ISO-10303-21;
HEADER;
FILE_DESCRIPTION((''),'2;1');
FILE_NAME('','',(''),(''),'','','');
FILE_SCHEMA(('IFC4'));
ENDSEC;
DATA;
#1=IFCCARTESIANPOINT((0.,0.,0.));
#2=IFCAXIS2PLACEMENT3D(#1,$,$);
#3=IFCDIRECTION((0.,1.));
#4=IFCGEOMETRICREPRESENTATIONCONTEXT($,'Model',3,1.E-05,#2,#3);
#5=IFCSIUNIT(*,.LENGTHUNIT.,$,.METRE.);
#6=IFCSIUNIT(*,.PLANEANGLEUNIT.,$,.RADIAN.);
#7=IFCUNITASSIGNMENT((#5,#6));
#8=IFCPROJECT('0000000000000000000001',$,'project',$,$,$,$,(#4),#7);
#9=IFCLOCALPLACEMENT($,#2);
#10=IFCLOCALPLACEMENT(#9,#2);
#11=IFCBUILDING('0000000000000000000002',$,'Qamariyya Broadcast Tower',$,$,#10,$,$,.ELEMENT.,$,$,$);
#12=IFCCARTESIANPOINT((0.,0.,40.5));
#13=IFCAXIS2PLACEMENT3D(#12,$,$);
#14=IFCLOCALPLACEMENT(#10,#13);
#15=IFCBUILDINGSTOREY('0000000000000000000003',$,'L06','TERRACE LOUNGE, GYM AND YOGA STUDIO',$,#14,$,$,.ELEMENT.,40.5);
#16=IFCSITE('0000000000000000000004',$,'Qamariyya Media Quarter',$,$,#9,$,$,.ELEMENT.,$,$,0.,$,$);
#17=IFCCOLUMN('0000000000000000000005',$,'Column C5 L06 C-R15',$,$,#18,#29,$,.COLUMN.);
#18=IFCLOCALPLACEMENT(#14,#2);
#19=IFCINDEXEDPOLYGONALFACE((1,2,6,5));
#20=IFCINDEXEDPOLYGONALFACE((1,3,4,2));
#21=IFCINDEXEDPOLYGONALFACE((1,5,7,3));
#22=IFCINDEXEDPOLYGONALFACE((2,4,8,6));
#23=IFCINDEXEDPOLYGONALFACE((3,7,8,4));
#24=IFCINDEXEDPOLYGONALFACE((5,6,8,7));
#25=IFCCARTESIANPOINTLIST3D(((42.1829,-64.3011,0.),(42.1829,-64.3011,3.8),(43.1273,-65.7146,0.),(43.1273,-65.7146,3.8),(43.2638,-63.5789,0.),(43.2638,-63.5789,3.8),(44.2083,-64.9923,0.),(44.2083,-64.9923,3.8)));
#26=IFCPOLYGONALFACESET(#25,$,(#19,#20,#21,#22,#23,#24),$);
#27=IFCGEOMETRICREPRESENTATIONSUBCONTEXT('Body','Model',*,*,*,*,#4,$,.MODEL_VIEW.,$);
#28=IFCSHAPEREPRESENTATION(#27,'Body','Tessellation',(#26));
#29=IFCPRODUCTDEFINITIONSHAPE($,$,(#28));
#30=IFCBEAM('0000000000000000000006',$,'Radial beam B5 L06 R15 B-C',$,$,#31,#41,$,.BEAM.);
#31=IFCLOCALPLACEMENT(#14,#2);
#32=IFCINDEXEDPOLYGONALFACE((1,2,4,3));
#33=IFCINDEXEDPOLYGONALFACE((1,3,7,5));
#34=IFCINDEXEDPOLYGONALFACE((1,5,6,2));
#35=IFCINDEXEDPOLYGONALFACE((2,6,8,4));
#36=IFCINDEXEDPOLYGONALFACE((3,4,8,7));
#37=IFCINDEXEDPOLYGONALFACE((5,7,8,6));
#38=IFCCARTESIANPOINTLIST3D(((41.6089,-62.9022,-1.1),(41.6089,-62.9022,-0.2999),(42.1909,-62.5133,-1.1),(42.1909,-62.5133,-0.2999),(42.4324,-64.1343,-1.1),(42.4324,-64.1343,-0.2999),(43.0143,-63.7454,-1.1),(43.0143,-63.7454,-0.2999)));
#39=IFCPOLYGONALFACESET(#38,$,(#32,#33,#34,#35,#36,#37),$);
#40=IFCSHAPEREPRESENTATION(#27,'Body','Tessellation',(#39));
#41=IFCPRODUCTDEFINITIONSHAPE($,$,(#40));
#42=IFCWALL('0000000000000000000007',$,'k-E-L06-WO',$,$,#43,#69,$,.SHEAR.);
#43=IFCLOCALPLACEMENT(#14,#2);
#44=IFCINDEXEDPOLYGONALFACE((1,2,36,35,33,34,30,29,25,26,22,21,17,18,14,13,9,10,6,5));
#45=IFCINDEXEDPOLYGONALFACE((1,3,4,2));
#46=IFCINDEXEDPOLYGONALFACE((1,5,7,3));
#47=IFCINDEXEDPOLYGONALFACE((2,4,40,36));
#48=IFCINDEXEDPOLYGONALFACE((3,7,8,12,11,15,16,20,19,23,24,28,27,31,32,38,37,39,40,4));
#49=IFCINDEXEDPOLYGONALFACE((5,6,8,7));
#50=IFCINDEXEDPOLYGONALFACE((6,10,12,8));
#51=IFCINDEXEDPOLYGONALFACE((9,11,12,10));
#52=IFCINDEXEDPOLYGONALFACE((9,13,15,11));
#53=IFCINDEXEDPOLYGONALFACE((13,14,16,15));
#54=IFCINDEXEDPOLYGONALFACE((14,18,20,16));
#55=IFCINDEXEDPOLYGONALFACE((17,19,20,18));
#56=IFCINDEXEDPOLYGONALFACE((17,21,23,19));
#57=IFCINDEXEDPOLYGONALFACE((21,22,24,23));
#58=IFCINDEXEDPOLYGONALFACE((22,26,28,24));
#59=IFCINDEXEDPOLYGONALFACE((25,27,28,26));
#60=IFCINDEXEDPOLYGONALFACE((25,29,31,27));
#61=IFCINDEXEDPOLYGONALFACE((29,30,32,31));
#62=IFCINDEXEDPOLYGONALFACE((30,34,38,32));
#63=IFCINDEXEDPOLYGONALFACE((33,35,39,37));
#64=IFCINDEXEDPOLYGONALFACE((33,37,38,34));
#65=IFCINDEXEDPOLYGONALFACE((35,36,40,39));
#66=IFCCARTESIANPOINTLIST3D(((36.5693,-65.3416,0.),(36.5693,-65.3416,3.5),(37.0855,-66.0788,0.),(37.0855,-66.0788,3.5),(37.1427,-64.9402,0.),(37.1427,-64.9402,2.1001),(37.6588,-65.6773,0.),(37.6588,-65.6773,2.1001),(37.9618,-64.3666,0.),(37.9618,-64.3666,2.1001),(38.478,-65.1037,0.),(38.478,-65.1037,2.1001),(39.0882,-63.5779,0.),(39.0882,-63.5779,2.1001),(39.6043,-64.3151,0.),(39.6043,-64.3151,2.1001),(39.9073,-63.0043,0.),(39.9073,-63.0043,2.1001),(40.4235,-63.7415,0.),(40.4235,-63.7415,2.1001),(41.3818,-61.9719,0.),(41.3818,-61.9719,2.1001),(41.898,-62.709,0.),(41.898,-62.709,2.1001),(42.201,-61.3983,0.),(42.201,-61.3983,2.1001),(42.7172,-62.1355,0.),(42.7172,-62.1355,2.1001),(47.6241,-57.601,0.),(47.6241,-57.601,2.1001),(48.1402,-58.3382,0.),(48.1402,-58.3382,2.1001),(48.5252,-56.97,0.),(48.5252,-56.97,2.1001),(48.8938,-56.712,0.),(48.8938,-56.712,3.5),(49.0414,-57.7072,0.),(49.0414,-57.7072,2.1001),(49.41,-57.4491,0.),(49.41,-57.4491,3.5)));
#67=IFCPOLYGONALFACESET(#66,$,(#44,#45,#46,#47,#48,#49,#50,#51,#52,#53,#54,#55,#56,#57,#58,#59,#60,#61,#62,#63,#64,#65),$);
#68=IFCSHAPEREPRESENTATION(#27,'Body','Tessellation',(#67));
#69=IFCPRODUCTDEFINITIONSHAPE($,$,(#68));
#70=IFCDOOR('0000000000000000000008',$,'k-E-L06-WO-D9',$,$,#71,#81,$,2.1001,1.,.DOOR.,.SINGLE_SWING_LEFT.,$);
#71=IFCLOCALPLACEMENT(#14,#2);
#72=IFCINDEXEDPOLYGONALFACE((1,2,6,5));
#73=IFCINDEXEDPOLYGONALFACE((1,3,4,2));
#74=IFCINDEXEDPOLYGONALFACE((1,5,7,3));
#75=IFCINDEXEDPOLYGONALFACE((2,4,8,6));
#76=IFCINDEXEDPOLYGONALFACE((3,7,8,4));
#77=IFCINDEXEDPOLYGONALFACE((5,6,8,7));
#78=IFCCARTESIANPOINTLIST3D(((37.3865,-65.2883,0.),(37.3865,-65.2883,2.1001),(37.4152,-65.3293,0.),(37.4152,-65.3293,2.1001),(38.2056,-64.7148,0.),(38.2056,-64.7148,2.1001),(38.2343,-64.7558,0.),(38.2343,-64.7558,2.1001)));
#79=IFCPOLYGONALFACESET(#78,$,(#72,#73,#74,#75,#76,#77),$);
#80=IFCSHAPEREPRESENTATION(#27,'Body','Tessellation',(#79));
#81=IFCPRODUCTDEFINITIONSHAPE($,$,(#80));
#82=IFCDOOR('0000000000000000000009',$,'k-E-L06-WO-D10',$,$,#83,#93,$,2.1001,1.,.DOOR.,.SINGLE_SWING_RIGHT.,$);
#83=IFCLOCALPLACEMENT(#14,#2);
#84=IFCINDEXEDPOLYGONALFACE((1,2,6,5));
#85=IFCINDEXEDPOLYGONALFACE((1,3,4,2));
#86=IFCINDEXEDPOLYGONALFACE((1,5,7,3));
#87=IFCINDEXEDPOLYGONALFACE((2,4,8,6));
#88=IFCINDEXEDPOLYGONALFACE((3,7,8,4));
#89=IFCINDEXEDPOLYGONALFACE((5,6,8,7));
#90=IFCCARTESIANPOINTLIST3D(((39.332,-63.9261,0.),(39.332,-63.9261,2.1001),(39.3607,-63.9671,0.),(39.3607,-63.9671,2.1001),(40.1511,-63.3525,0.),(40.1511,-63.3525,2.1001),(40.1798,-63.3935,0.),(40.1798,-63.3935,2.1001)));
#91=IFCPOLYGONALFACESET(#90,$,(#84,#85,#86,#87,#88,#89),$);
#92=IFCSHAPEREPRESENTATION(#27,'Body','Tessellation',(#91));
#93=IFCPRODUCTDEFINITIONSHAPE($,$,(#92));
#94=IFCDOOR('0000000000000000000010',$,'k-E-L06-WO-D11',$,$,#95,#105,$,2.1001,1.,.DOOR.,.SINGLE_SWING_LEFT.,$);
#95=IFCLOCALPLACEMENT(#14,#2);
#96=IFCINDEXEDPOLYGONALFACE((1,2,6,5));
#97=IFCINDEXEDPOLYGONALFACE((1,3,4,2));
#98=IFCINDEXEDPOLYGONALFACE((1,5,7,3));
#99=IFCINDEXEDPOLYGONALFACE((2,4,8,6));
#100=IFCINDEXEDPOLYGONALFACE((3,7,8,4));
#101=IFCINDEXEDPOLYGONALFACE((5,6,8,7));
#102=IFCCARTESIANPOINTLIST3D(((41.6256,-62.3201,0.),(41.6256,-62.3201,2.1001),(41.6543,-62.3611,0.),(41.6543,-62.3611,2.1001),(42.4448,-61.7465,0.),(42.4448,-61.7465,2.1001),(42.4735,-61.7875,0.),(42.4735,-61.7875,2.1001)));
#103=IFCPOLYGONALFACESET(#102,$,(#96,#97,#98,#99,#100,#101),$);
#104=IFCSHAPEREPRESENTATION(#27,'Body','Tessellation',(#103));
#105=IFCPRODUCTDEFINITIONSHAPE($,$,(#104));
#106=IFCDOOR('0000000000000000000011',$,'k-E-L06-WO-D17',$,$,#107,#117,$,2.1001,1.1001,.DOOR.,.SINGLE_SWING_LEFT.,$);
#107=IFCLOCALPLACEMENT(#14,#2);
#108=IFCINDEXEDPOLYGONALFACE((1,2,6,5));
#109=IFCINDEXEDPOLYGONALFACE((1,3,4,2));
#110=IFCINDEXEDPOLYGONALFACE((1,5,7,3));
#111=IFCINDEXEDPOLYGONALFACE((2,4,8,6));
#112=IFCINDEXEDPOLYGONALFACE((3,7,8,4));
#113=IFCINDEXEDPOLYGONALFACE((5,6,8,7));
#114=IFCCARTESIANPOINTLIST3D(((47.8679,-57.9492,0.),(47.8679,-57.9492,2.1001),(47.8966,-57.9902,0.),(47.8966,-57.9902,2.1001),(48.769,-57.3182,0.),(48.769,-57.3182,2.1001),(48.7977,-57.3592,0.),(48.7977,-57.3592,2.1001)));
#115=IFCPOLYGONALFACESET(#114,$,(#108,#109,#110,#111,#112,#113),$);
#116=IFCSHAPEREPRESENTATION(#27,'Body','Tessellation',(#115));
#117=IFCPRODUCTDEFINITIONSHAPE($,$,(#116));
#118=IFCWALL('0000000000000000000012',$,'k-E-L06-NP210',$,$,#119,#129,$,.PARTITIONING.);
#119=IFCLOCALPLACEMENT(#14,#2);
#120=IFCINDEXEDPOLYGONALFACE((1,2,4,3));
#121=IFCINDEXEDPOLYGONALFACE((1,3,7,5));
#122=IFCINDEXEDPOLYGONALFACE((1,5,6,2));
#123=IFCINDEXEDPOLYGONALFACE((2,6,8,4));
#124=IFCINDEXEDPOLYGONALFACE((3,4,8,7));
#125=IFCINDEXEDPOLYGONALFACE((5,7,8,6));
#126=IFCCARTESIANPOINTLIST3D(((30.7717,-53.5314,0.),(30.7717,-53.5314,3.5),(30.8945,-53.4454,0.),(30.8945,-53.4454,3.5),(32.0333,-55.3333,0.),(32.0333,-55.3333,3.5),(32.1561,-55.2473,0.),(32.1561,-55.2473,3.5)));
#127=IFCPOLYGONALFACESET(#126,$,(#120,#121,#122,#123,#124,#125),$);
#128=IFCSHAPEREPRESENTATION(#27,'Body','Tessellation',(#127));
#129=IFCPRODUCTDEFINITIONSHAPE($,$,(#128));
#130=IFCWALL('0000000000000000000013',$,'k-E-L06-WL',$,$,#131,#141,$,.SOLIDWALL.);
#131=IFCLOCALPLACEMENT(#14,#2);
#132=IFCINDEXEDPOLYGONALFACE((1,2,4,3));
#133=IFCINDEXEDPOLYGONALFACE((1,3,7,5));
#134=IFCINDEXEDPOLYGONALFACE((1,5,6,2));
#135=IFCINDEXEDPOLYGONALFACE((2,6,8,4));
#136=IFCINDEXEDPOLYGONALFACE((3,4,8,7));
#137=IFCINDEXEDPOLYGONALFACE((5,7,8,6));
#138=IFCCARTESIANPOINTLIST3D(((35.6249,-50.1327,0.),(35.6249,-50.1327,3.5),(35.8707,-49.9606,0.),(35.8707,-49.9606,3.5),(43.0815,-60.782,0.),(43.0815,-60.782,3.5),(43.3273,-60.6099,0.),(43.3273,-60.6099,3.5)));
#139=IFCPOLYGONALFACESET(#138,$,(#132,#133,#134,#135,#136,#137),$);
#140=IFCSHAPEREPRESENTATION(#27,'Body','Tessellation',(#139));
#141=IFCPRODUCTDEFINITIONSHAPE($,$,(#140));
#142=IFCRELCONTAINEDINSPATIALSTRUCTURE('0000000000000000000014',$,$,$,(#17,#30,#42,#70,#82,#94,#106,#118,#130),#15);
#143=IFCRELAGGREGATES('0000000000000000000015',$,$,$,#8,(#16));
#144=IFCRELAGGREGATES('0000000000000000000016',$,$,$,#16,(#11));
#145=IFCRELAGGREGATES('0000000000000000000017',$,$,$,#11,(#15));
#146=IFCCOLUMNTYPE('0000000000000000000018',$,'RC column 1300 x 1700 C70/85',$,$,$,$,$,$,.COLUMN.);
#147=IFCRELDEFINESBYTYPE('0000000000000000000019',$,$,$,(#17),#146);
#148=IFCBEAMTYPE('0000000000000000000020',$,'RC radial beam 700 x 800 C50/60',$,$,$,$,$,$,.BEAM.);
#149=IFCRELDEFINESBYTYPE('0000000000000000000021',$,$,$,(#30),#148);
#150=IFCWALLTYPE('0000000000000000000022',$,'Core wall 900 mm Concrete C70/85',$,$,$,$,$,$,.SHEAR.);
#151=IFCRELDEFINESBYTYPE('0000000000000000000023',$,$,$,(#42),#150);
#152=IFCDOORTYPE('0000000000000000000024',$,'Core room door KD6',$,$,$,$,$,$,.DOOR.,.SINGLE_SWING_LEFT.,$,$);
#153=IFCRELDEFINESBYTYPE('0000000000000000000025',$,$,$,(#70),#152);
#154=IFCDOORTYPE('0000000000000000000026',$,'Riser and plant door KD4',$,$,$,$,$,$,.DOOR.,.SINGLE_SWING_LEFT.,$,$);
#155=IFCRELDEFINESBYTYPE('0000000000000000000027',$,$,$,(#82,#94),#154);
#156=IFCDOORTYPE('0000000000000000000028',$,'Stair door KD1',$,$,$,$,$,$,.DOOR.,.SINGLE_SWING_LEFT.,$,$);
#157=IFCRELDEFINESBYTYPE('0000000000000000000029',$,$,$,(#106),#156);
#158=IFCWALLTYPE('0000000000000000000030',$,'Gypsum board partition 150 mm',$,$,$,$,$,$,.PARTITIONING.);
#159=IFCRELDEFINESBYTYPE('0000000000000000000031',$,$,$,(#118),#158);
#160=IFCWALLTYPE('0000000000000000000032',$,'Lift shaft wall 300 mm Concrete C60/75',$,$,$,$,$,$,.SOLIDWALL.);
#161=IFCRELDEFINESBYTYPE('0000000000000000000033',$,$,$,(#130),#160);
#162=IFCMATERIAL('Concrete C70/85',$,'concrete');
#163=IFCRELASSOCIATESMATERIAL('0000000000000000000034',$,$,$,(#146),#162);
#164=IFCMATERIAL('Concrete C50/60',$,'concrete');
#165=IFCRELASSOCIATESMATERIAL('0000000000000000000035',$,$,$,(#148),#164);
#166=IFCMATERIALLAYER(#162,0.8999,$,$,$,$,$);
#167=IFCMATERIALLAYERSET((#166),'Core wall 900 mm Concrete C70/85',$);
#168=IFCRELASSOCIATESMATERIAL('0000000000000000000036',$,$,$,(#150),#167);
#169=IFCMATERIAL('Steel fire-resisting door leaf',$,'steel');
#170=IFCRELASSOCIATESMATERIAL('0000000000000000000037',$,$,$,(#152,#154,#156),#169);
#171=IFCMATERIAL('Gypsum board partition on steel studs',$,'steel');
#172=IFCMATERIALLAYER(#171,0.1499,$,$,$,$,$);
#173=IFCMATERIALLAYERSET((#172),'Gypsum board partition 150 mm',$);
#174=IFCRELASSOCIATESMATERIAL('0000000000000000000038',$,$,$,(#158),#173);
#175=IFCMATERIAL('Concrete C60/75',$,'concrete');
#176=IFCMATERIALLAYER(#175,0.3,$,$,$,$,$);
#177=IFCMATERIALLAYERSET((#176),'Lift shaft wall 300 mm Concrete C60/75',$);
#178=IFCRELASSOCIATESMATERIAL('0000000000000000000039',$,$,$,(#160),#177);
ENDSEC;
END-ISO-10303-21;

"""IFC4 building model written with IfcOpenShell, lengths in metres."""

from ifc_helpers import new_model, si_unit, direction, frame, frame_2d, origin, origin_2d, place, context, subcontext, project, spatial, rectangle, extrude, material, layer, layer_set, material_profile, profile_set, type_object, element, fill, save


model = new_model("IFC4")

# Units and contexts
model_context = context("Model", 3, precision=1e-05, world=origin(), true_north=direction((0.0, 1.0)))
body_context = subcontext(model_context, "Body", "Model", "MODEL_VIEW")
ifc_project = project(units=[si_unit("LENGTHUNIT", "METRE"), si_unit("PLANEANGLEUNIT", "RADIAN")], contexts=[model_context])

# Site, building, storey
site_placement = place(None, origin())
site = spatial("IfcSite", under=ifc_project, at=site_placement, Name="Qamariyya Media Quarter", CompositionType="ELEMENT", RefElevation=0.0)
building_placement = place(site_placement, origin())
building = spatial("IfcBuilding", under=site, at=building_placement, Name="Qamariyya Broadcast Tower", CompositionType="ELEMENT")
storey_placement = place(building_placement, frame((0.0, 0.0, 40.5)))
storey = spatial("IfcBuildingStorey", under=building, at=storey_placement, Name="L06", Description="TERRACE LOUNGE, GYM AND YOGA STUDIO", CompositionType="ELEMENT", Elevation=40.5)

# Column
ifc_material_1 = material(Name="Concrete C70/85", Category="concrete")
ifc_material_profile_1 = material_profile(ifc_material_1, rectangle(XDim=1.3, YDim=1.7, at=origin_2d()))
ifc_profile_set_1 = profile_set([ifc_material_profile_1], Name="Concrete C70/85")
column_type = type_object("IfcColumnType", Name="RC column 1300 x 1700 C70/85", PredefinedType="COLUMN", material=ifc_profile_set_1)
column_placement = place(storey_placement, frame((43.1956, -64.6467, 0.0), z_axis=(0.0, 0.0, 1.0), x_axis=(0.83147, 0.55557, 0.0)))
element("IfcColumn", 1, at=column_placement, inside=storey, type_object=column_type, Name="Column C5 L06 C-R15", PredefinedType="COLUMN", context=body_context, shape_type="SweptSolid", body=[
    extrude(rectangle(XDim=1.3, YDim=1.7, at=origin_2d()), origin(), (0.0, 0.0, 1.0), 3.8),
])

# Beam
ifc_material_2 = material(Name="Concrete C50/60", Category="concrete")
ifc_material_profile_2 = material_profile(ifc_material_2, rectangle(XDim=0.7, YDim=0.8, at=origin_2d()))
ifc_profile_set_2 = profile_set([ifc_material_profile_2], Name="Concrete C50/60")
beam_type = type_object("IfcBeamType", Name="RC radial beam 700 x 800 C50/60", PredefinedType="BEAM", material=ifc_profile_set_2)
beam_placement = place(storey_placement, frame((41.8999, -62.7078, -0.7), z_axis=(0.55565, -0.831416, 0.0), x_axis=(0.831416, 0.55565, 0.0)))
element("IfcBeam", 2, at=beam_placement, inside=storey, type_object=beam_type, Name="Radial beam B5 L06 R15 B-C", PredefinedType="BEAM", context=body_context, shape_type="SweptSolid", body=[
    extrude(rectangle(XDim=0.7, YDim=0.8, at=origin_2d()), origin(), (0.0, 0.0, 1.0), 1.4819),
])

# Wall, openings, doors
ifc_layer_1 = layer(ifc_material_1, 0.8999)
ifc_layer_set_1 = layer_set([ifc_layer_1], Name="Core wall 900 mm Concrete C70/85")
wall_type_1 = type_object("IfcWallType", Name="Core wall 900 mm Concrete C70/85", PredefinedType="SHEAR", material=ifc_layer_set_1)
wall_1_placement = place(storey_placement, frame((36.8274, -65.7102, 0.0), z_axis=(0.0, 0.0, 1.0), x_axis=(0.819153, 0.573575, 0.0)))
wall_1 = element("IfcWall", 3, at=wall_1_placement, inside=storey, type_object=wall_type_1, Name="k-E-L06-WO", PredefinedType="SHEAR", context=body_context, shape_type="SweptSolid", body=[
    extrude(rectangle(XDim=15.0454, YDim=0.8999, at=frame_2d((7.5227, 0.0))), origin(), (0.0, 0.0, 1.0), 3.5),
])
opening_1_placement = place(wall_1_placement, frame((0.7, 0.0, 0.0)))
opening_1 = element("IfcOpeningElement", 4, at=opening_1_placement, cuts=wall_1, PredefinedType="OPENING", context=body_context, shape_type="SweptSolid", body=[
    extrude(rectangle(XDim=1.0, YDim=2.1001, at=frame_2d((0.5, 1.05))), frame((0.0, 0.46, 0.0), z_axis=(0.0, -1.0, 0.0), x_axis=(1.0, 0.0, 0.0)), (0.0, 0.0, 1.0), 0.9199),
])
opening_2_placement = place(wall_1_placement, frame((3.075, 0.0, 0.0)))
opening_2 = element("IfcOpeningElement", 5, at=opening_2_placement, cuts=wall_1, PredefinedType="OPENING", context=body_context, shape_type="SweptSolid", body=[
    extrude(rectangle(XDim=1.0, YDim=2.1001, at=frame_2d((0.5, 1.05))), frame((0.0, 0.46, 0.0), z_axis=(0.0, -1.0, 0.0), x_axis=(1.0, 0.0, 0.0)), (0.0, 0.0, 1.0), 0.9199),
])
opening_3_placement = place(wall_1_placement, frame((5.875, 0.0, 0.0)))
opening_3 = element("IfcOpeningElement", 6, at=opening_3_placement, cuts=wall_1, PredefinedType="OPENING", context=body_context, shape_type="SweptSolid", body=[
    extrude(rectangle(XDim=1.0, YDim=2.1001, at=frame_2d((0.5, 1.05))), frame((0.0, 0.46, 0.0), z_axis=(0.0, -1.0, 0.0), x_axis=(1.0, 0.0, 0.0)), (0.0, 0.0, 1.0), 0.9199),
])
opening_4_placement = place(wall_1_placement, frame((13.4954, 0.0, 0.0)))
opening_4 = element("IfcOpeningElement", 7, at=opening_4_placement, cuts=wall_1, PredefinedType="OPENING", context=body_context, shape_type="SweptSolid", body=[
    extrude(rectangle(XDim=1.1001, YDim=2.1001, at=frame_2d((0.55, 1.05))), frame((0.0, 0.46, 0.0), z_axis=(0.0, -1.0, 0.0), x_axis=(1.0, 0.0, 0.0)), (0.0, 0.0, 1.0), 0.9199),
])
ifc_material_3 = material(Name="Steel fire-resisting door leaf", Category="steel")
door_type_1 = type_object("IfcDoorType", Name="Core room door KD6", OperationType="SINGLE_SWING_LEFT", PredefinedType="DOOR", material=ifc_material_3)
door_1_placement = place(opening_1_placement, origin())
door_1 = element("IfcDoor", 8, at=door_1_placement, inside=storey, type_object=door_type_1, Name="k-E-L06-WO-D9", OperationType="SINGLE_SWING_LEFT", OverallHeight=2.1001, OverallWidth=1.0, PredefinedType="DOOR", context=body_context, shape_type="SweptSolid", body=[
    extrude(rectangle(XDim=1.0, YDim=2.1001, at=frame_2d((0.5, 1.05))), frame((0.0, 0.0249, 0.0), z_axis=(0.0, -1.0, 0.0), x_axis=(1.0, 0.0, 0.0)), (0.0, 0.0, 1.0), 0.05),
])
fill(opening_1, door_1)
door_type_2 = type_object("IfcDoorType", Name="Riser and plant door KD4", OperationType="SINGLE_SWING_LEFT", PredefinedType="DOOR", material=ifc_material_3)
door_2_placement = place(opening_2_placement, origin())
door_2 = element("IfcDoor", 9, at=door_2_placement, inside=storey, type_object=door_type_2, Name="k-E-L06-WO-D10", OperationType="SINGLE_SWING_RIGHT", OverallHeight=2.1001, OverallWidth=1.0, PredefinedType="DOOR", context=body_context, shape_type="SweptSolid", body=[
    extrude(rectangle(XDim=1.0, YDim=2.1001, at=frame_2d((0.5, 1.05))), frame((0.0, 0.0249, 0.0), z_axis=(0.0, -1.0, 0.0), x_axis=(1.0, 0.0, 0.0)), (0.0, 0.0, 1.0), 0.05),
])
fill(opening_2, door_2)
door_3_placement = place(opening_3_placement, origin())
door_3 = element("IfcDoor", 10, at=door_3_placement, inside=storey, type_object=door_type_2, Name="k-E-L06-WO-D11", OperationType="SINGLE_SWING_LEFT", OverallHeight=2.1001, OverallWidth=1.0, PredefinedType="DOOR", context=body_context, shape_type="SweptSolid", body=[
    extrude(rectangle(XDim=1.0, YDim=2.1001, at=frame_2d((0.5, 1.05))), frame((0.0, 0.0249, 0.0), z_axis=(0.0, -1.0, 0.0), x_axis=(1.0, 0.0, 0.0)), (0.0, 0.0, 1.0), 0.05),
])
fill(opening_3, door_3)
door_type_3 = type_object("IfcDoorType", Name="Stair door KD1", OperationType="SINGLE_SWING_LEFT", PredefinedType="DOOR", material=ifc_material_3)
door_4_placement = place(opening_4_placement, origin())
door_4 = element("IfcDoor", 11, at=door_4_placement, inside=storey, type_object=door_type_3, Name="k-E-L06-WO-D17", OperationType="SINGLE_SWING_LEFT", OverallHeight=2.1001, OverallWidth=1.1001, PredefinedType="DOOR", context=body_context, shape_type="SweptSolid", body=[
    extrude(rectangle(XDim=1.1001, YDim=2.1001, at=frame_2d((0.55, 1.05))), frame((0.0, 0.0249, 0.0), z_axis=(0.0, -1.0, 0.0), x_axis=(1.0, 0.0, 0.0)), (0.0, 0.0, 1.0), 0.05),
])
fill(opening_4, door_4)

# Walls
ifc_material_4 = material(Name="Gypsum board partition on steel studs", Category="steel")
ifc_layer_2 = layer(ifc_material_4, 0.1499)
ifc_layer_set_2 = layer_set([ifc_layer_2], Name="Gypsum board partition 150 mm")
wall_type_2 = type_object("IfcWallType", Name="Gypsum board partition 150 mm", PredefinedType="PARTITIONING", material=ifc_layer_set_2)
wall_2_placement = place(storey_placement, frame((32.0947, -55.2903, 0.0), z_axis=(0.0, 0.0, 1.0), x_axis=(-0.573559, 0.819164, 0.0)))
element("IfcWall", 12, at=wall_2_placement, inside=storey, type_object=wall_type_2, Name="k-E-L06-NP210", PredefinedType="PARTITIONING", context=body_context, shape_type="SweptSolid", body=[
    extrude(rectangle(XDim=2.1997, YDim=0.1499, at=frame_2d((1.0999, 0.0))), origin(), (0.0, 0.0, 1.0), 3.5),
])
ifc_material_5 = material(Name="Concrete C60/75", Category="concrete")
ifc_layer_3 = layer(ifc_material_5, 0.3)
ifc_layer_set_3 = layer_set([ifc_layer_3], Name="Lift shaft wall 300 mm Concrete C60/75")
wall_type_3 = type_object("IfcWallType", Name="Lift shaft wall 300 mm Concrete C60/75", PredefinedType="SOLIDWALL", material=ifc_layer_set_3)
wall_3_placement = place(storey_placement, frame((43.2043, -60.6958, 0.0), z_axis=(0.0, 0.0, 1.0), x_axis=(-0.573572, 0.819155, 0.0)))
element("IfcWall", 13, at=wall_3_placement, inside=storey, type_object=wall_type_3, Name="k-E-L06-WL", PredefinedType="SOLIDWALL", context=body_context, shape_type="SweptSolid", body=[
    extrude(rectangle(XDim=13.0002, YDim=0.3, at=frame_2d((6.5, 0.0))), origin(), (0.0, 0.0, 1.0), 3.5),
])

save(model, "model.ifc")
